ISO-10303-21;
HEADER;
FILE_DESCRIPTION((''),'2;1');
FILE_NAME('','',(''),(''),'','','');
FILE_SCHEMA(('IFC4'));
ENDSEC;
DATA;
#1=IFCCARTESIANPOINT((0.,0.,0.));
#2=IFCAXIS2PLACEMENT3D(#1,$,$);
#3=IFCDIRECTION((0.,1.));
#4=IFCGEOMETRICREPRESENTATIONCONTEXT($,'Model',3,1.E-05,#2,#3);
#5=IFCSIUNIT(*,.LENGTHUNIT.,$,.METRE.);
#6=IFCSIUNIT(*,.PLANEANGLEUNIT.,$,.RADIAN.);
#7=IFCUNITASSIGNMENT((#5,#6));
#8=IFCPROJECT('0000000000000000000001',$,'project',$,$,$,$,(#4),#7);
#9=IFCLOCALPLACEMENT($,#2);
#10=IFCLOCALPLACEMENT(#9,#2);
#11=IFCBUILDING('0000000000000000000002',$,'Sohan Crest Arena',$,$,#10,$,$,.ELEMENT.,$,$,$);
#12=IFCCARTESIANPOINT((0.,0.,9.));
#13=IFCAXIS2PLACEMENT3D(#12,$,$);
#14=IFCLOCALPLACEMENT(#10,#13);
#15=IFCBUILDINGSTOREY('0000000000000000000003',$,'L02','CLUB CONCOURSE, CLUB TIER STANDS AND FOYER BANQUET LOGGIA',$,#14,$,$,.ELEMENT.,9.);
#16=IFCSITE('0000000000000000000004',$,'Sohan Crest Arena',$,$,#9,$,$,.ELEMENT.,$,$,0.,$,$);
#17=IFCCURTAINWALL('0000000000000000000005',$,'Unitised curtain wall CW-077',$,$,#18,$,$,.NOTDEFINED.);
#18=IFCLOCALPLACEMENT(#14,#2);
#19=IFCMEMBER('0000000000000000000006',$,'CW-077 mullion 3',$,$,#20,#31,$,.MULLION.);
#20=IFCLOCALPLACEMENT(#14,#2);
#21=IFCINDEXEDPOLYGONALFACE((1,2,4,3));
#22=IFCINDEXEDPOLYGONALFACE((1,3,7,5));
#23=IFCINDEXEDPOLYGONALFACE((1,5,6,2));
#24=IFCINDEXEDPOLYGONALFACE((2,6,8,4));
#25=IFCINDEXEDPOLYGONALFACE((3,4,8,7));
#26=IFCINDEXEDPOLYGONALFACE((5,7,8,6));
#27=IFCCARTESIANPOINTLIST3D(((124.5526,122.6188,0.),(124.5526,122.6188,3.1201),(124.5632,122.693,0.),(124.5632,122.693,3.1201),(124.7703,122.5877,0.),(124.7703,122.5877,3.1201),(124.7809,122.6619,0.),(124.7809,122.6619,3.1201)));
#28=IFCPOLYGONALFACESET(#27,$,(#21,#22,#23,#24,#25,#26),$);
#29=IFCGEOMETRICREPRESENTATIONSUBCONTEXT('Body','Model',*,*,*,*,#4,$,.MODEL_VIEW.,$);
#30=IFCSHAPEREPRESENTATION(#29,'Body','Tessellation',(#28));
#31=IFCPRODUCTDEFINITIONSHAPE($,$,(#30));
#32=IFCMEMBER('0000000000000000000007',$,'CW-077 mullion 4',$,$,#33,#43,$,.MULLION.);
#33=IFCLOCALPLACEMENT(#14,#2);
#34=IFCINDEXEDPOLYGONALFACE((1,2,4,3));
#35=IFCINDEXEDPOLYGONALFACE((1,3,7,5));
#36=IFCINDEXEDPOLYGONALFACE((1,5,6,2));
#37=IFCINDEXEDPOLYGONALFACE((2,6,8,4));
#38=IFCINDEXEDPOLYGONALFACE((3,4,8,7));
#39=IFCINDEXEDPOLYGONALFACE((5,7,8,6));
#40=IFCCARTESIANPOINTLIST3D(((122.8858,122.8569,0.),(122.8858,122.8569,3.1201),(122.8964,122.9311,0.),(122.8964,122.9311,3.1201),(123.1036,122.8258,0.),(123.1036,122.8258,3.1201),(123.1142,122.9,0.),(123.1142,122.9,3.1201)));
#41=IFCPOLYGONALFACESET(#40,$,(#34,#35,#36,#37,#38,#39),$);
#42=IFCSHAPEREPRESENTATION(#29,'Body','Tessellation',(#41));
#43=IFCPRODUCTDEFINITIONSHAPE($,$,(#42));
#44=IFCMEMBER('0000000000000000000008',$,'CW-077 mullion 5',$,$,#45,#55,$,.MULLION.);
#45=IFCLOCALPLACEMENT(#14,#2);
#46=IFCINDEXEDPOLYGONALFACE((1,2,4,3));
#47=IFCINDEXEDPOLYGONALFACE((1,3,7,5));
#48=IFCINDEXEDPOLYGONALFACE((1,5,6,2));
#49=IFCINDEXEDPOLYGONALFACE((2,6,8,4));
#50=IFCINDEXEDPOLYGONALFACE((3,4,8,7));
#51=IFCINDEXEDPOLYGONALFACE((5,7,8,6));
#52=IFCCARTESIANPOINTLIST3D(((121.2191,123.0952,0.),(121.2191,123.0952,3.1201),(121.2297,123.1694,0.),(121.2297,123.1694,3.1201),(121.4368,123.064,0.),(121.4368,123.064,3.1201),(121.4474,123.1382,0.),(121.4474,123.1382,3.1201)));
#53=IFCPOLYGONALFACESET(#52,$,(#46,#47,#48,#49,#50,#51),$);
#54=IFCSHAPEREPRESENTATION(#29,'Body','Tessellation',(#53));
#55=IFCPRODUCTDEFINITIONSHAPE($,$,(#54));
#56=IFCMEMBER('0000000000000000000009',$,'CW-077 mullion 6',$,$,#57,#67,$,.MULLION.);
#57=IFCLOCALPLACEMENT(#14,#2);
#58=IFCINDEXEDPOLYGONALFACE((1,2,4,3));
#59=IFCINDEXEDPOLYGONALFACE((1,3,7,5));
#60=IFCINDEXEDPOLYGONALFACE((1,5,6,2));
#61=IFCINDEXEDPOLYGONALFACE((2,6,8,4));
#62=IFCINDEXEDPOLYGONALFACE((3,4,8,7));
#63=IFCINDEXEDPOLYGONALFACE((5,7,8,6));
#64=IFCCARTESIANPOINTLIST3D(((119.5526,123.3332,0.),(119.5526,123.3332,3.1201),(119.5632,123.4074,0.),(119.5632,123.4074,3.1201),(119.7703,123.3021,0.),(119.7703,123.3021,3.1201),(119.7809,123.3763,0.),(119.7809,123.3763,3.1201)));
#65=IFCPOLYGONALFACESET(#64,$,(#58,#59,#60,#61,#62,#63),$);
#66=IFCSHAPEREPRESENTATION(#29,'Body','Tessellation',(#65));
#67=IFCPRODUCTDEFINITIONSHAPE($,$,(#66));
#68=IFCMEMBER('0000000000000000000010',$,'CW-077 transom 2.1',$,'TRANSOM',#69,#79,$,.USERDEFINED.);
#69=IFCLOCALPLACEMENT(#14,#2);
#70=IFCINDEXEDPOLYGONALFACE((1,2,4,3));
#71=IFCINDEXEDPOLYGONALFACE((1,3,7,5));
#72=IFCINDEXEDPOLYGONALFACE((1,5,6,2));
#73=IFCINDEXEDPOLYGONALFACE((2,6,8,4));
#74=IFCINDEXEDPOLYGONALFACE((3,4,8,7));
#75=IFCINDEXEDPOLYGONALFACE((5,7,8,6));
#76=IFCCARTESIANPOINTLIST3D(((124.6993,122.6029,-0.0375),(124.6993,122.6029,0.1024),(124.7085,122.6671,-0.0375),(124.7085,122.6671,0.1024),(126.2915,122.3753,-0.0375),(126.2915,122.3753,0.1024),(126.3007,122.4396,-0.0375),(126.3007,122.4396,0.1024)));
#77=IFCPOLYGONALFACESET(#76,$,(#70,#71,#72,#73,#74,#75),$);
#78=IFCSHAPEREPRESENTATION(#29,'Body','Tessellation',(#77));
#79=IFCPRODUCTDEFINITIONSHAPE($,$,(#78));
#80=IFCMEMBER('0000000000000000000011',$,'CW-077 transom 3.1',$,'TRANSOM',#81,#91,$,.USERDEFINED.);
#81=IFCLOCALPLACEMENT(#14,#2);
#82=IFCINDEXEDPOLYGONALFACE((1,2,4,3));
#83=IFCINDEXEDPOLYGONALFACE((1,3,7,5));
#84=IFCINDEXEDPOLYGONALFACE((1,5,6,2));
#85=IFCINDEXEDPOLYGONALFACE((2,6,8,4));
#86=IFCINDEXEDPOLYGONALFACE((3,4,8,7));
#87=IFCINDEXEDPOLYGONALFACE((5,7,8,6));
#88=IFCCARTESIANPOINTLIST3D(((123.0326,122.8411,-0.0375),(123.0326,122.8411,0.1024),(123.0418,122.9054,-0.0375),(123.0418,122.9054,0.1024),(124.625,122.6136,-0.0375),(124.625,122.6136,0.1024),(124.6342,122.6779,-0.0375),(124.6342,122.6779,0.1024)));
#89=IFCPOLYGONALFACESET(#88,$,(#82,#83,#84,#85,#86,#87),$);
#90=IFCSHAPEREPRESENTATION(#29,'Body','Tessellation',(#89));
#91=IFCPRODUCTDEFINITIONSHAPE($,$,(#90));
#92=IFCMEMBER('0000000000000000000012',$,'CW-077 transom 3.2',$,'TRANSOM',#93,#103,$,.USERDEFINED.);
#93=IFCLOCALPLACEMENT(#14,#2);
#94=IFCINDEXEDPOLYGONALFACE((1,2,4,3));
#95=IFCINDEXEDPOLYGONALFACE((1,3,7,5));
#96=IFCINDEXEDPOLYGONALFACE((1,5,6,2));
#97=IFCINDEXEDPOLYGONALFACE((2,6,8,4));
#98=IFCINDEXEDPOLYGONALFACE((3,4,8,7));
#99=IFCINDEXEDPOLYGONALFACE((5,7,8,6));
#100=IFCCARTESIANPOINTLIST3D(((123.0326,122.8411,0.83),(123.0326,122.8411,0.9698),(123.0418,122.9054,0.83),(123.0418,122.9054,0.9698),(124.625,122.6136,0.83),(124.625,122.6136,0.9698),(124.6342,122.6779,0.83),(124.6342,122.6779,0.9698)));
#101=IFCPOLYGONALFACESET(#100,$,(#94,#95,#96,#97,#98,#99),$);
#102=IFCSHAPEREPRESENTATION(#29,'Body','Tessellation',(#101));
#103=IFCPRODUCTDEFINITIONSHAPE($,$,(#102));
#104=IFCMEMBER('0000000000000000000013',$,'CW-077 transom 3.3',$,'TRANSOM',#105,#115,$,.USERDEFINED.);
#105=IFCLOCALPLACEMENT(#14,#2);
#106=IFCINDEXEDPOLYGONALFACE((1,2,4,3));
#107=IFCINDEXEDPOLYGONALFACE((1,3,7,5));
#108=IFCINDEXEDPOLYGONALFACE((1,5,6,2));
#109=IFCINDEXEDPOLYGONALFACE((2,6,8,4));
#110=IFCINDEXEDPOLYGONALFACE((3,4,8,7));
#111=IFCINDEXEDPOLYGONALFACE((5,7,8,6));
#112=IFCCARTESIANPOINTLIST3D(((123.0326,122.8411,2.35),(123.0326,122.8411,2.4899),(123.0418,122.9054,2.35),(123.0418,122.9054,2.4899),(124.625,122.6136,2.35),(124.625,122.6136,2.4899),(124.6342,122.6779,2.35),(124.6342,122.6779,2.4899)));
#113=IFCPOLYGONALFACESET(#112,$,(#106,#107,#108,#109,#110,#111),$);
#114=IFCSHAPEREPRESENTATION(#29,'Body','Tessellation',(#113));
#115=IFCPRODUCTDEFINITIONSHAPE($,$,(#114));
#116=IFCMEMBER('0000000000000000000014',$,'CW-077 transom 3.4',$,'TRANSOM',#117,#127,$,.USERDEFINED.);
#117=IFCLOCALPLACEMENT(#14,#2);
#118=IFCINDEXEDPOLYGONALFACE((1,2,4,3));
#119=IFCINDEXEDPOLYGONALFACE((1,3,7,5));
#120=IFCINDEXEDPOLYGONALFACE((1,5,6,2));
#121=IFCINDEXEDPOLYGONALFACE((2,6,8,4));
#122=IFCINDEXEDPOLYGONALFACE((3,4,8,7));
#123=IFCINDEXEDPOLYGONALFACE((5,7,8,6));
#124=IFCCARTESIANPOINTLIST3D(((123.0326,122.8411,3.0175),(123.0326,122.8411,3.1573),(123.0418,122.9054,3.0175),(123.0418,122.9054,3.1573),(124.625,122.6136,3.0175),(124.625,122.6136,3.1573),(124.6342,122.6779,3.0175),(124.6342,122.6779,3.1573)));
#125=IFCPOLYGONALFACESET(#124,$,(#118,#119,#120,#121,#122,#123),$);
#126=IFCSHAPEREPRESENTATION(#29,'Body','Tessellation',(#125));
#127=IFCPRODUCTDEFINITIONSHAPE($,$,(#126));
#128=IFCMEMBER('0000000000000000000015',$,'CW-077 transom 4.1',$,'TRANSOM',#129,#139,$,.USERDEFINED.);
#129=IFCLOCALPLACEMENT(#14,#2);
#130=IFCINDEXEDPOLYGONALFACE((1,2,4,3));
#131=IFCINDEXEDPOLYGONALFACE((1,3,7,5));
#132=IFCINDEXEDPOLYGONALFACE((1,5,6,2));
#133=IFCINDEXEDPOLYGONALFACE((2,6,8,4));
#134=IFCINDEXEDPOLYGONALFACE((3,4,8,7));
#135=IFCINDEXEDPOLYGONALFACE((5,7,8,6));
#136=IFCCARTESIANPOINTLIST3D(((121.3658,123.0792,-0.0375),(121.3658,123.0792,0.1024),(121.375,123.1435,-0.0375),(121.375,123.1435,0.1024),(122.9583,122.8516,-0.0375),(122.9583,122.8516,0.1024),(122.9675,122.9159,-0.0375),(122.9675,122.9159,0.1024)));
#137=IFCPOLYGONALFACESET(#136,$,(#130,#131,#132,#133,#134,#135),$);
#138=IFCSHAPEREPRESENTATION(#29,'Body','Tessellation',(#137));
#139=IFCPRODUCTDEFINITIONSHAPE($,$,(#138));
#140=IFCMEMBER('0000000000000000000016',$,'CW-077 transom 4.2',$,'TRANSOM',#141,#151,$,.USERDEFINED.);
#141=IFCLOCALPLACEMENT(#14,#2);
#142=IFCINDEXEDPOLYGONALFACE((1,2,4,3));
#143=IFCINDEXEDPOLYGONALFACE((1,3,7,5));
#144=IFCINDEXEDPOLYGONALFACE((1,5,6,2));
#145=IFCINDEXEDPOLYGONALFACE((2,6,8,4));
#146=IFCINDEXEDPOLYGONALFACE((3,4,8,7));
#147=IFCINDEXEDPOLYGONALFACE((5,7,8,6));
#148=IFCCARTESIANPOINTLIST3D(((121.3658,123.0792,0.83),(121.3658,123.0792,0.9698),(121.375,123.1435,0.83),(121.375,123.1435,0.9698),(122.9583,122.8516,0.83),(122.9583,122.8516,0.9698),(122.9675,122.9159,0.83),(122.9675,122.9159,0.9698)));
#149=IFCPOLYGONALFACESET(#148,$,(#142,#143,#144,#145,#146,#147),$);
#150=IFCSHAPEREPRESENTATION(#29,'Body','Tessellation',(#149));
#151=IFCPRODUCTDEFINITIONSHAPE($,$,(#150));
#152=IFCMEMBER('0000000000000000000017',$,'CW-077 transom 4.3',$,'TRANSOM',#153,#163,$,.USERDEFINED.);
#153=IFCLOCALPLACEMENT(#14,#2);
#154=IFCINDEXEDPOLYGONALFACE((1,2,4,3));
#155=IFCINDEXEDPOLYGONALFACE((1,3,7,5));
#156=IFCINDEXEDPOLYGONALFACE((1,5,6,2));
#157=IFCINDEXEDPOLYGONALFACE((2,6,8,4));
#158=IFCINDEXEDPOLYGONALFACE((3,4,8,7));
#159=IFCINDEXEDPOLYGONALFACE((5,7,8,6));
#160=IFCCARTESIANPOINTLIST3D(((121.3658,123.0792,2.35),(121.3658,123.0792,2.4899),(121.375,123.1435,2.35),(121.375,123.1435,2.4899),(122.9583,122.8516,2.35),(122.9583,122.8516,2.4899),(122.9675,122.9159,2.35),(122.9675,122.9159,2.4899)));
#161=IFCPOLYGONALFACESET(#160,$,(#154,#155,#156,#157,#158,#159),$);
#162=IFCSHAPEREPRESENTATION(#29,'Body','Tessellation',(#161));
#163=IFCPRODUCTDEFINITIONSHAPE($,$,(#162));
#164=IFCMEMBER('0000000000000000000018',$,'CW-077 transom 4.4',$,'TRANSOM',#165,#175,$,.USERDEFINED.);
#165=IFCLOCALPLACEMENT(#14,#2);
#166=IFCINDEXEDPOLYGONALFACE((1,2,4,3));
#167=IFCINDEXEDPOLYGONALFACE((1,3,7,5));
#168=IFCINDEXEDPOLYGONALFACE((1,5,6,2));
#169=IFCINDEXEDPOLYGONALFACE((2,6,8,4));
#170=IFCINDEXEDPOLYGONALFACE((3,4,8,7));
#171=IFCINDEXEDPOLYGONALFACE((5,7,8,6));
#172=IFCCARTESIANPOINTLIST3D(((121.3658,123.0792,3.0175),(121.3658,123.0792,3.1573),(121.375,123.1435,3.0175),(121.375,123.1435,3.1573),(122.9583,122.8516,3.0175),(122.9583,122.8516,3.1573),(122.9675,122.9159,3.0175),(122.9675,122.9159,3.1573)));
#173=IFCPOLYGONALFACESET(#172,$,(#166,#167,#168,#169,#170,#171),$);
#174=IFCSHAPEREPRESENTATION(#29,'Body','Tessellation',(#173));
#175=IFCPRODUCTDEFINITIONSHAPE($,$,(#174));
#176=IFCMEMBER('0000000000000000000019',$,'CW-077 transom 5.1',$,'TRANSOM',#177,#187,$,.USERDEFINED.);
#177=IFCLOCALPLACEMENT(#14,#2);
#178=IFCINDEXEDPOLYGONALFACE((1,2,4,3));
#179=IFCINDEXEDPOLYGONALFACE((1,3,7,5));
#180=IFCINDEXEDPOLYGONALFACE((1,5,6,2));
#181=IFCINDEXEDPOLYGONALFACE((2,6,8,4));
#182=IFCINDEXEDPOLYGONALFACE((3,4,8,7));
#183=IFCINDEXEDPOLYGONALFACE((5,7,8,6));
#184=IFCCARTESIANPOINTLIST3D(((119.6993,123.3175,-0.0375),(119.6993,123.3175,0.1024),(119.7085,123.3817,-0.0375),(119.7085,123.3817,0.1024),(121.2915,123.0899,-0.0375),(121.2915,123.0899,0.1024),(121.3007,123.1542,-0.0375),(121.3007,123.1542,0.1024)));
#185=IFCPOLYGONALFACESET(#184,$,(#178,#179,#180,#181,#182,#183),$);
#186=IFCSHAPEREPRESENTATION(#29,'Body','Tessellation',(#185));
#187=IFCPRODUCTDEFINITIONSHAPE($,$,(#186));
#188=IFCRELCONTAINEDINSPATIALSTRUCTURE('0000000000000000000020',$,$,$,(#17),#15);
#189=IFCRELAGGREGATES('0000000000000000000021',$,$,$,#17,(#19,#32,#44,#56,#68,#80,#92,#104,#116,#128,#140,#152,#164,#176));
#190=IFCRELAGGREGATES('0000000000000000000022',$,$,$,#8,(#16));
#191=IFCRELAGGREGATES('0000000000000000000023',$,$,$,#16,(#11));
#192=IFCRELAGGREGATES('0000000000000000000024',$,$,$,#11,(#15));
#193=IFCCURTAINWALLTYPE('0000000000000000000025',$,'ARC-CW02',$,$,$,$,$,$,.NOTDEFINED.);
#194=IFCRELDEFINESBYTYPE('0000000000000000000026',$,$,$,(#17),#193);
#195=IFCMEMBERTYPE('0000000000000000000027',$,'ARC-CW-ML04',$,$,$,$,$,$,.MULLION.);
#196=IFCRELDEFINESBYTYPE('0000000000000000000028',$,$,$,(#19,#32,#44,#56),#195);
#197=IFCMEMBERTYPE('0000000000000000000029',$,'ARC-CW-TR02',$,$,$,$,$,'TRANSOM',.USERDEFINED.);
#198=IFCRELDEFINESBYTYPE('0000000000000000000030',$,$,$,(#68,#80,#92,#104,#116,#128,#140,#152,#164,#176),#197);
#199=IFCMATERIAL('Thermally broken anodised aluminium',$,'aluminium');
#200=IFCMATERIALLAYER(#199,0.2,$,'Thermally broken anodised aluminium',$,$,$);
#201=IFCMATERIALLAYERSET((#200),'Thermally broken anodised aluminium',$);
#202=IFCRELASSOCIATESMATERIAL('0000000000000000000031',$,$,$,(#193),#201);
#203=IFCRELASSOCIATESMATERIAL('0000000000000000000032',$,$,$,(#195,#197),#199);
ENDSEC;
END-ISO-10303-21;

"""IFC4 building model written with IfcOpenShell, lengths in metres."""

from ifc_helpers import new_model, si_unit, direction, frame, origin, origin_2d, place, context, subcontext, project, spatial, rectangle, extrude, material, layer, layer_set, material_profile, profile_set, type_object, element, aggregate, save


model = new_model("IFC4")

# Units and contexts
model_context = context("Model", 3, precision=1e-05, world=origin(), true_north=direction((0.0, 1.0)))
body_context = subcontext(model_context, "Body", "Model", "MODEL_VIEW")
ifc_project = project(units=[si_unit("LENGTHUNIT", "METRE"), si_unit("PLANEANGLEUNIT", "RADIAN")], contexts=[model_context])

# Site, building, storey
site_placement = place(None, origin())
site = spatial("IfcSite", under=ifc_project, at=site_placement, Name="Sohan Crest Arena", CompositionType="ELEMENT", RefElevation=0.0)
building_placement = place(site_placement, origin())
building = spatial("IfcBuilding", under=site, at=building_placement, Name="Sohan Crest Arena", CompositionType="ELEMENT")
storey_placement = place(building_placement, frame((0.0, 0.0, 9.0)))
storey = spatial("IfcBuildingStorey", under=building, at=storey_placement, Name="L02", Description="CLUB CONCOURSE, CLUB TIER STANDS AND FOYER BANQUET LOGGIA", CompositionType="ELEMENT", Elevation=9.0)

# Curtain wall, members
ifc_material_1 = material(Name="Thermally broken anodised aluminium", Category="aluminium")
ifc_layer_1 = layer(ifc_material_1, 0.2, Name="Thermally broken anodised aluminium")
ifc_layer_set_1 = layer_set([ifc_layer_1], Name="Thermally broken anodised aluminium")
curtain_wall_type = type_object("IfcCurtainWallType", Name="ARC-CW02", PredefinedType="NOTDEFINED", material=ifc_layer_set_1)
curtain_wall_placement = place(storey_placement, origin())
curtain_wall = element("IfcCurtainWall", 1, at=curtain_wall_placement, inside=storey, type_object=curtain_wall_type, Name="Unitised curtain wall CW-077", PredefinedType="NOTDEFINED")
ifc_material_profile_1 = material_profile(ifc_material_1, rectangle(XDim=0.075, YDim=0.22, at=origin_2d()), Name="ALU-MULL 75x220")
ifc_profile_set_1 = profile_set([ifc_material_profile_1], Name="Thermally broken anodised aluminium")
member_type_1 = type_object("IfcMemberType", Name="ARC-CW-ML04", PredefinedType="MULLION", material=ifc_profile_set_1)
member_1_placement = place(storey_placement, frame((124.6667, 122.6404, 0.0), z_axis=(0.0, 0.0, 1.0), x_axis=(-0.141463, -0.989944, 0.0)))
member_1 = element("IfcMember", 2, at=member_1_placement, type_object=member_type_1, Name="CW-077 mullion 3", PredefinedType="MULLION", context=body_context, shape_type="SweptSolid", body=[
    extrude(rectangle(XDim=0.075, YDim=0.22, at=origin_2d()), origin(), (0.0, 0.0, 1.0), 3.1201),
])
member_2_placement = place(storey_placement, frame((123.0, 122.8784, 0.0), z_axis=(0.0, 0.0, 1.0), x_axis=(-0.141463, -0.989944, 0.0)))
member_2 = element("IfcMember", 3, at=member_2_placement, type_object=member_type_1, Name="CW-077 mullion 4", PredefinedType="MULLION", context=body_context, shape_type="SweptSolid", body=[
    extrude(rectangle(XDim=0.075, YDim=0.22, at=origin_2d()), origin(), (0.0, 0.0, 1.0), 3.1201),
])
member_3_placement = place(storey_placement, frame((121.3333, 123.1167, 0.0), z_axis=(0.0, 0.0, 1.0), x_axis=(-0.141463, -0.989944, 0.0)))
member_3 = element("IfcMember", 4, at=member_3_placement, type_object=member_type_1, Name="CW-077 mullion 5", PredefinedType="MULLION", context=body_context, shape_type="SweptSolid", body=[
    extrude(rectangle(XDim=0.075, YDim=0.22, at=origin_2d()), origin(), (0.0, 0.0, 1.0), 3.1201),
])
member_4_placement = place(storey_placement, frame((119.6667, 123.3547, 0.0), z_axis=(0.0, 0.0, 1.0), x_axis=(-0.141463, -0.989944, 0.0)))
member_4 = element("IfcMember", 5, at=member_4_placement, type_object=member_type_1, Name="CW-077 mullion 6", PredefinedType="MULLION", context=body_context, shape_type="SweptSolid", body=[
    extrude(rectangle(XDim=0.075, YDim=0.22, at=origin_2d()), origin(), (0.0, 0.0, 1.0), 3.1201),
])
ifc_material_profile_2 = material_profile(ifc_material_1, rectangle(XDim=0.0649, YDim=0.1399, at=origin_2d()), Name="ALU-TRAN 65x140")
ifc_profile_set_2 = profile_set([ifc_material_profile_2], Name="Thermally broken anodised aluminium")
member_type_2 = type_object("IfcMemberType", Name="ARC-CW-TR02", ElementType="TRANSOM", PredefinedType="USERDEFINED", material=ifc_profile_set_2)
member_5_placement = place(storey_placement, frame((126.2961, 122.4075, 0.0325), z_axis=(-0.989943, 0.141464, 0.0), x_axis=(-0.141464, -0.989943, 0.0)))
member_5 = element("IfcMember", 6, at=member_5_placement, type_object=member_type_2, Name="CW-077 transom 2.1", ObjectType="TRANSOM", PredefinedType="USERDEFINED", context=body_context, shape_type="SweptSolid", body=[
    extrude(rectangle(XDim=0.0649, YDim=0.1399, at=origin_2d()), origin(), (0.0, 0.0, 1.0), 1.6084),
])
member_6_placement = place(storey_placement, frame((124.6296, 122.6458, 0.0325), z_axis=(-0.989946, 0.141443, 0.0), x_axis=(-0.141443, -0.989946, 0.0)))
member_6 = element("IfcMember", 7, at=member_6_placement, type_object=member_type_2, Name="CW-077 transom 3.1", ObjectType="TRANSOM", PredefinedType="USERDEFINED", context=body_context, shape_type="SweptSolid", body=[
    extrude(rectangle(XDim=0.0649, YDim=0.1399, at=origin_2d()), origin(), (0.0, 0.0, 1.0), 1.6086),
])
member_7_placement = place(storey_placement, frame((124.6296, 122.6458, 0.8999), z_axis=(-0.989946, 0.141443, 0.0), x_axis=(-0.141443, -0.989946, 0.0)))
member_7 = element("IfcMember", 8, at=member_7_placement, type_object=member_type_2, Name="CW-077 transom 3.2", ObjectType="TRANSOM", PredefinedType="USERDEFINED", context=body_context, shape_type="SweptSolid", body=[
    extrude(rectangle(XDim=0.0649, YDim=0.1399, at=origin_2d()), origin(), (0.0, 0.0, 1.0), 1.6086),
])
member_8_placement = place(storey_placement, frame((124.6296, 122.6458, 2.4199), z_axis=(-0.989946, 0.141443, 0.0), x_axis=(-0.141443, -0.989946, 0.0)))
member_8 = element("IfcMember", 9, at=member_8_placement, type_object=member_type_2, Name="CW-077 transom 3.3", ObjectType="TRANSOM", PredefinedType="USERDEFINED", context=body_context, shape_type="SweptSolid", body=[
    extrude(rectangle(XDim=0.0649, YDim=0.1399, at=origin_2d()), origin(), (0.0, 0.0, 1.0), 1.6086),
])
member_9_placement = place(storey_placement, frame((124.6296, 122.6458, 3.0874), z_axis=(-0.989946, 0.141443, 0.0), x_axis=(-0.141443, -0.989946, 0.0)))
member_9 = element("IfcMember", 10, at=member_9_placement, type_object=member_type_2, Name="CW-077 transom 3.4", ObjectType="TRANSOM", PredefinedType="USERDEFINED", context=body_context, shape_type="SweptSolid", body=[
    extrude(rectangle(XDim=0.0649, YDim=0.1399, at=origin_2d()), origin(), (0.0, 0.0, 1.0), 1.6086),
])
member_10_placement = place(storey_placement, frame((122.9629, 122.8838, 0.0325), z_axis=(-0.989946, 0.141443, 0.0), x_axis=(-0.141443, -0.989946, 0.0)))
member_10 = element("IfcMember", 11, at=member_10_placement, type_object=member_type_2, Name="CW-077 transom 4.1", ObjectType="TRANSOM", PredefinedType="USERDEFINED", context=body_context, shape_type="SweptSolid", body=[
    extrude(rectangle(XDim=0.0649, YDim=0.1399, at=origin_2d()), origin(), (0.0, 0.0, 1.0), 1.6086),
])
member_11_placement = place(storey_placement, frame((122.9629, 122.8838, 0.8999), z_axis=(-0.989946, 0.141443, 0.0), x_axis=(-0.141443, -0.989946, 0.0)))
member_11 = element("IfcMember", 12, at=member_11_placement, type_object=member_type_2, Name="CW-077 transom 4.2", ObjectType="TRANSOM", PredefinedType="USERDEFINED", context=body_context, shape_type="SweptSolid", body=[
    extrude(rectangle(XDim=0.0649, YDim=0.1399, at=origin_2d()), origin(), (0.0, 0.0, 1.0), 1.6086),
])
member_12_placement = place(storey_placement, frame((122.9629, 122.8838, 2.4199), z_axis=(-0.989946, 0.141443, 0.0), x_axis=(-0.141443, -0.989946, 0.0)))
member_12 = element("IfcMember", 13, at=member_12_placement, type_object=member_type_2, Name="CW-077 transom 4.3", ObjectType="TRANSOM", PredefinedType="USERDEFINED", context=body_context, shape_type="SweptSolid", body=[
    extrude(rectangle(XDim=0.0649, YDim=0.1399, at=origin_2d()), origin(), (0.0, 0.0, 1.0), 1.6086),
])
member_13_placement = place(storey_placement, frame((122.9629, 122.8838, 3.0874), z_axis=(-0.989946, 0.141443, 0.0), x_axis=(-0.141443, -0.989946, 0.0)))
member_13 = element("IfcMember", 14, at=member_13_placement, type_object=member_type_2, Name="CW-077 transom 4.4", ObjectType="TRANSOM", PredefinedType="USERDEFINED", context=body_context, shape_type="SweptSolid", body=[
    extrude(rectangle(XDim=0.0649, YDim=0.1399, at=origin_2d()), origin(), (0.0, 0.0, 1.0), 1.6086),
])
member_14_placement = place(storey_placement, frame((121.2961, 123.1221, 0.0325), z_axis=(-0.989943, 0.141464, 0.0), x_axis=(-0.141464, -0.989943, 0.0)))
member_14 = element("IfcMember", 15, at=member_14_placement, type_object=member_type_2, Name="CW-077 transom 5.1", ObjectType="TRANSOM", PredefinedType="USERDEFINED", context=body_context, shape_type="SweptSolid", body=[
    extrude(rectangle(XDim=0.0649, YDim=0.1399, at=origin_2d()), origin(), (0.0, 0.0, 1.0), 1.6084),
])
aggregate(curtain_wall, [member_1, member_2, member_3, member_4, member_5, member_6, member_7, member_8, member_9, member_10, member_11, member_12, member_13, member_14])

save(model, "model.ifc")
